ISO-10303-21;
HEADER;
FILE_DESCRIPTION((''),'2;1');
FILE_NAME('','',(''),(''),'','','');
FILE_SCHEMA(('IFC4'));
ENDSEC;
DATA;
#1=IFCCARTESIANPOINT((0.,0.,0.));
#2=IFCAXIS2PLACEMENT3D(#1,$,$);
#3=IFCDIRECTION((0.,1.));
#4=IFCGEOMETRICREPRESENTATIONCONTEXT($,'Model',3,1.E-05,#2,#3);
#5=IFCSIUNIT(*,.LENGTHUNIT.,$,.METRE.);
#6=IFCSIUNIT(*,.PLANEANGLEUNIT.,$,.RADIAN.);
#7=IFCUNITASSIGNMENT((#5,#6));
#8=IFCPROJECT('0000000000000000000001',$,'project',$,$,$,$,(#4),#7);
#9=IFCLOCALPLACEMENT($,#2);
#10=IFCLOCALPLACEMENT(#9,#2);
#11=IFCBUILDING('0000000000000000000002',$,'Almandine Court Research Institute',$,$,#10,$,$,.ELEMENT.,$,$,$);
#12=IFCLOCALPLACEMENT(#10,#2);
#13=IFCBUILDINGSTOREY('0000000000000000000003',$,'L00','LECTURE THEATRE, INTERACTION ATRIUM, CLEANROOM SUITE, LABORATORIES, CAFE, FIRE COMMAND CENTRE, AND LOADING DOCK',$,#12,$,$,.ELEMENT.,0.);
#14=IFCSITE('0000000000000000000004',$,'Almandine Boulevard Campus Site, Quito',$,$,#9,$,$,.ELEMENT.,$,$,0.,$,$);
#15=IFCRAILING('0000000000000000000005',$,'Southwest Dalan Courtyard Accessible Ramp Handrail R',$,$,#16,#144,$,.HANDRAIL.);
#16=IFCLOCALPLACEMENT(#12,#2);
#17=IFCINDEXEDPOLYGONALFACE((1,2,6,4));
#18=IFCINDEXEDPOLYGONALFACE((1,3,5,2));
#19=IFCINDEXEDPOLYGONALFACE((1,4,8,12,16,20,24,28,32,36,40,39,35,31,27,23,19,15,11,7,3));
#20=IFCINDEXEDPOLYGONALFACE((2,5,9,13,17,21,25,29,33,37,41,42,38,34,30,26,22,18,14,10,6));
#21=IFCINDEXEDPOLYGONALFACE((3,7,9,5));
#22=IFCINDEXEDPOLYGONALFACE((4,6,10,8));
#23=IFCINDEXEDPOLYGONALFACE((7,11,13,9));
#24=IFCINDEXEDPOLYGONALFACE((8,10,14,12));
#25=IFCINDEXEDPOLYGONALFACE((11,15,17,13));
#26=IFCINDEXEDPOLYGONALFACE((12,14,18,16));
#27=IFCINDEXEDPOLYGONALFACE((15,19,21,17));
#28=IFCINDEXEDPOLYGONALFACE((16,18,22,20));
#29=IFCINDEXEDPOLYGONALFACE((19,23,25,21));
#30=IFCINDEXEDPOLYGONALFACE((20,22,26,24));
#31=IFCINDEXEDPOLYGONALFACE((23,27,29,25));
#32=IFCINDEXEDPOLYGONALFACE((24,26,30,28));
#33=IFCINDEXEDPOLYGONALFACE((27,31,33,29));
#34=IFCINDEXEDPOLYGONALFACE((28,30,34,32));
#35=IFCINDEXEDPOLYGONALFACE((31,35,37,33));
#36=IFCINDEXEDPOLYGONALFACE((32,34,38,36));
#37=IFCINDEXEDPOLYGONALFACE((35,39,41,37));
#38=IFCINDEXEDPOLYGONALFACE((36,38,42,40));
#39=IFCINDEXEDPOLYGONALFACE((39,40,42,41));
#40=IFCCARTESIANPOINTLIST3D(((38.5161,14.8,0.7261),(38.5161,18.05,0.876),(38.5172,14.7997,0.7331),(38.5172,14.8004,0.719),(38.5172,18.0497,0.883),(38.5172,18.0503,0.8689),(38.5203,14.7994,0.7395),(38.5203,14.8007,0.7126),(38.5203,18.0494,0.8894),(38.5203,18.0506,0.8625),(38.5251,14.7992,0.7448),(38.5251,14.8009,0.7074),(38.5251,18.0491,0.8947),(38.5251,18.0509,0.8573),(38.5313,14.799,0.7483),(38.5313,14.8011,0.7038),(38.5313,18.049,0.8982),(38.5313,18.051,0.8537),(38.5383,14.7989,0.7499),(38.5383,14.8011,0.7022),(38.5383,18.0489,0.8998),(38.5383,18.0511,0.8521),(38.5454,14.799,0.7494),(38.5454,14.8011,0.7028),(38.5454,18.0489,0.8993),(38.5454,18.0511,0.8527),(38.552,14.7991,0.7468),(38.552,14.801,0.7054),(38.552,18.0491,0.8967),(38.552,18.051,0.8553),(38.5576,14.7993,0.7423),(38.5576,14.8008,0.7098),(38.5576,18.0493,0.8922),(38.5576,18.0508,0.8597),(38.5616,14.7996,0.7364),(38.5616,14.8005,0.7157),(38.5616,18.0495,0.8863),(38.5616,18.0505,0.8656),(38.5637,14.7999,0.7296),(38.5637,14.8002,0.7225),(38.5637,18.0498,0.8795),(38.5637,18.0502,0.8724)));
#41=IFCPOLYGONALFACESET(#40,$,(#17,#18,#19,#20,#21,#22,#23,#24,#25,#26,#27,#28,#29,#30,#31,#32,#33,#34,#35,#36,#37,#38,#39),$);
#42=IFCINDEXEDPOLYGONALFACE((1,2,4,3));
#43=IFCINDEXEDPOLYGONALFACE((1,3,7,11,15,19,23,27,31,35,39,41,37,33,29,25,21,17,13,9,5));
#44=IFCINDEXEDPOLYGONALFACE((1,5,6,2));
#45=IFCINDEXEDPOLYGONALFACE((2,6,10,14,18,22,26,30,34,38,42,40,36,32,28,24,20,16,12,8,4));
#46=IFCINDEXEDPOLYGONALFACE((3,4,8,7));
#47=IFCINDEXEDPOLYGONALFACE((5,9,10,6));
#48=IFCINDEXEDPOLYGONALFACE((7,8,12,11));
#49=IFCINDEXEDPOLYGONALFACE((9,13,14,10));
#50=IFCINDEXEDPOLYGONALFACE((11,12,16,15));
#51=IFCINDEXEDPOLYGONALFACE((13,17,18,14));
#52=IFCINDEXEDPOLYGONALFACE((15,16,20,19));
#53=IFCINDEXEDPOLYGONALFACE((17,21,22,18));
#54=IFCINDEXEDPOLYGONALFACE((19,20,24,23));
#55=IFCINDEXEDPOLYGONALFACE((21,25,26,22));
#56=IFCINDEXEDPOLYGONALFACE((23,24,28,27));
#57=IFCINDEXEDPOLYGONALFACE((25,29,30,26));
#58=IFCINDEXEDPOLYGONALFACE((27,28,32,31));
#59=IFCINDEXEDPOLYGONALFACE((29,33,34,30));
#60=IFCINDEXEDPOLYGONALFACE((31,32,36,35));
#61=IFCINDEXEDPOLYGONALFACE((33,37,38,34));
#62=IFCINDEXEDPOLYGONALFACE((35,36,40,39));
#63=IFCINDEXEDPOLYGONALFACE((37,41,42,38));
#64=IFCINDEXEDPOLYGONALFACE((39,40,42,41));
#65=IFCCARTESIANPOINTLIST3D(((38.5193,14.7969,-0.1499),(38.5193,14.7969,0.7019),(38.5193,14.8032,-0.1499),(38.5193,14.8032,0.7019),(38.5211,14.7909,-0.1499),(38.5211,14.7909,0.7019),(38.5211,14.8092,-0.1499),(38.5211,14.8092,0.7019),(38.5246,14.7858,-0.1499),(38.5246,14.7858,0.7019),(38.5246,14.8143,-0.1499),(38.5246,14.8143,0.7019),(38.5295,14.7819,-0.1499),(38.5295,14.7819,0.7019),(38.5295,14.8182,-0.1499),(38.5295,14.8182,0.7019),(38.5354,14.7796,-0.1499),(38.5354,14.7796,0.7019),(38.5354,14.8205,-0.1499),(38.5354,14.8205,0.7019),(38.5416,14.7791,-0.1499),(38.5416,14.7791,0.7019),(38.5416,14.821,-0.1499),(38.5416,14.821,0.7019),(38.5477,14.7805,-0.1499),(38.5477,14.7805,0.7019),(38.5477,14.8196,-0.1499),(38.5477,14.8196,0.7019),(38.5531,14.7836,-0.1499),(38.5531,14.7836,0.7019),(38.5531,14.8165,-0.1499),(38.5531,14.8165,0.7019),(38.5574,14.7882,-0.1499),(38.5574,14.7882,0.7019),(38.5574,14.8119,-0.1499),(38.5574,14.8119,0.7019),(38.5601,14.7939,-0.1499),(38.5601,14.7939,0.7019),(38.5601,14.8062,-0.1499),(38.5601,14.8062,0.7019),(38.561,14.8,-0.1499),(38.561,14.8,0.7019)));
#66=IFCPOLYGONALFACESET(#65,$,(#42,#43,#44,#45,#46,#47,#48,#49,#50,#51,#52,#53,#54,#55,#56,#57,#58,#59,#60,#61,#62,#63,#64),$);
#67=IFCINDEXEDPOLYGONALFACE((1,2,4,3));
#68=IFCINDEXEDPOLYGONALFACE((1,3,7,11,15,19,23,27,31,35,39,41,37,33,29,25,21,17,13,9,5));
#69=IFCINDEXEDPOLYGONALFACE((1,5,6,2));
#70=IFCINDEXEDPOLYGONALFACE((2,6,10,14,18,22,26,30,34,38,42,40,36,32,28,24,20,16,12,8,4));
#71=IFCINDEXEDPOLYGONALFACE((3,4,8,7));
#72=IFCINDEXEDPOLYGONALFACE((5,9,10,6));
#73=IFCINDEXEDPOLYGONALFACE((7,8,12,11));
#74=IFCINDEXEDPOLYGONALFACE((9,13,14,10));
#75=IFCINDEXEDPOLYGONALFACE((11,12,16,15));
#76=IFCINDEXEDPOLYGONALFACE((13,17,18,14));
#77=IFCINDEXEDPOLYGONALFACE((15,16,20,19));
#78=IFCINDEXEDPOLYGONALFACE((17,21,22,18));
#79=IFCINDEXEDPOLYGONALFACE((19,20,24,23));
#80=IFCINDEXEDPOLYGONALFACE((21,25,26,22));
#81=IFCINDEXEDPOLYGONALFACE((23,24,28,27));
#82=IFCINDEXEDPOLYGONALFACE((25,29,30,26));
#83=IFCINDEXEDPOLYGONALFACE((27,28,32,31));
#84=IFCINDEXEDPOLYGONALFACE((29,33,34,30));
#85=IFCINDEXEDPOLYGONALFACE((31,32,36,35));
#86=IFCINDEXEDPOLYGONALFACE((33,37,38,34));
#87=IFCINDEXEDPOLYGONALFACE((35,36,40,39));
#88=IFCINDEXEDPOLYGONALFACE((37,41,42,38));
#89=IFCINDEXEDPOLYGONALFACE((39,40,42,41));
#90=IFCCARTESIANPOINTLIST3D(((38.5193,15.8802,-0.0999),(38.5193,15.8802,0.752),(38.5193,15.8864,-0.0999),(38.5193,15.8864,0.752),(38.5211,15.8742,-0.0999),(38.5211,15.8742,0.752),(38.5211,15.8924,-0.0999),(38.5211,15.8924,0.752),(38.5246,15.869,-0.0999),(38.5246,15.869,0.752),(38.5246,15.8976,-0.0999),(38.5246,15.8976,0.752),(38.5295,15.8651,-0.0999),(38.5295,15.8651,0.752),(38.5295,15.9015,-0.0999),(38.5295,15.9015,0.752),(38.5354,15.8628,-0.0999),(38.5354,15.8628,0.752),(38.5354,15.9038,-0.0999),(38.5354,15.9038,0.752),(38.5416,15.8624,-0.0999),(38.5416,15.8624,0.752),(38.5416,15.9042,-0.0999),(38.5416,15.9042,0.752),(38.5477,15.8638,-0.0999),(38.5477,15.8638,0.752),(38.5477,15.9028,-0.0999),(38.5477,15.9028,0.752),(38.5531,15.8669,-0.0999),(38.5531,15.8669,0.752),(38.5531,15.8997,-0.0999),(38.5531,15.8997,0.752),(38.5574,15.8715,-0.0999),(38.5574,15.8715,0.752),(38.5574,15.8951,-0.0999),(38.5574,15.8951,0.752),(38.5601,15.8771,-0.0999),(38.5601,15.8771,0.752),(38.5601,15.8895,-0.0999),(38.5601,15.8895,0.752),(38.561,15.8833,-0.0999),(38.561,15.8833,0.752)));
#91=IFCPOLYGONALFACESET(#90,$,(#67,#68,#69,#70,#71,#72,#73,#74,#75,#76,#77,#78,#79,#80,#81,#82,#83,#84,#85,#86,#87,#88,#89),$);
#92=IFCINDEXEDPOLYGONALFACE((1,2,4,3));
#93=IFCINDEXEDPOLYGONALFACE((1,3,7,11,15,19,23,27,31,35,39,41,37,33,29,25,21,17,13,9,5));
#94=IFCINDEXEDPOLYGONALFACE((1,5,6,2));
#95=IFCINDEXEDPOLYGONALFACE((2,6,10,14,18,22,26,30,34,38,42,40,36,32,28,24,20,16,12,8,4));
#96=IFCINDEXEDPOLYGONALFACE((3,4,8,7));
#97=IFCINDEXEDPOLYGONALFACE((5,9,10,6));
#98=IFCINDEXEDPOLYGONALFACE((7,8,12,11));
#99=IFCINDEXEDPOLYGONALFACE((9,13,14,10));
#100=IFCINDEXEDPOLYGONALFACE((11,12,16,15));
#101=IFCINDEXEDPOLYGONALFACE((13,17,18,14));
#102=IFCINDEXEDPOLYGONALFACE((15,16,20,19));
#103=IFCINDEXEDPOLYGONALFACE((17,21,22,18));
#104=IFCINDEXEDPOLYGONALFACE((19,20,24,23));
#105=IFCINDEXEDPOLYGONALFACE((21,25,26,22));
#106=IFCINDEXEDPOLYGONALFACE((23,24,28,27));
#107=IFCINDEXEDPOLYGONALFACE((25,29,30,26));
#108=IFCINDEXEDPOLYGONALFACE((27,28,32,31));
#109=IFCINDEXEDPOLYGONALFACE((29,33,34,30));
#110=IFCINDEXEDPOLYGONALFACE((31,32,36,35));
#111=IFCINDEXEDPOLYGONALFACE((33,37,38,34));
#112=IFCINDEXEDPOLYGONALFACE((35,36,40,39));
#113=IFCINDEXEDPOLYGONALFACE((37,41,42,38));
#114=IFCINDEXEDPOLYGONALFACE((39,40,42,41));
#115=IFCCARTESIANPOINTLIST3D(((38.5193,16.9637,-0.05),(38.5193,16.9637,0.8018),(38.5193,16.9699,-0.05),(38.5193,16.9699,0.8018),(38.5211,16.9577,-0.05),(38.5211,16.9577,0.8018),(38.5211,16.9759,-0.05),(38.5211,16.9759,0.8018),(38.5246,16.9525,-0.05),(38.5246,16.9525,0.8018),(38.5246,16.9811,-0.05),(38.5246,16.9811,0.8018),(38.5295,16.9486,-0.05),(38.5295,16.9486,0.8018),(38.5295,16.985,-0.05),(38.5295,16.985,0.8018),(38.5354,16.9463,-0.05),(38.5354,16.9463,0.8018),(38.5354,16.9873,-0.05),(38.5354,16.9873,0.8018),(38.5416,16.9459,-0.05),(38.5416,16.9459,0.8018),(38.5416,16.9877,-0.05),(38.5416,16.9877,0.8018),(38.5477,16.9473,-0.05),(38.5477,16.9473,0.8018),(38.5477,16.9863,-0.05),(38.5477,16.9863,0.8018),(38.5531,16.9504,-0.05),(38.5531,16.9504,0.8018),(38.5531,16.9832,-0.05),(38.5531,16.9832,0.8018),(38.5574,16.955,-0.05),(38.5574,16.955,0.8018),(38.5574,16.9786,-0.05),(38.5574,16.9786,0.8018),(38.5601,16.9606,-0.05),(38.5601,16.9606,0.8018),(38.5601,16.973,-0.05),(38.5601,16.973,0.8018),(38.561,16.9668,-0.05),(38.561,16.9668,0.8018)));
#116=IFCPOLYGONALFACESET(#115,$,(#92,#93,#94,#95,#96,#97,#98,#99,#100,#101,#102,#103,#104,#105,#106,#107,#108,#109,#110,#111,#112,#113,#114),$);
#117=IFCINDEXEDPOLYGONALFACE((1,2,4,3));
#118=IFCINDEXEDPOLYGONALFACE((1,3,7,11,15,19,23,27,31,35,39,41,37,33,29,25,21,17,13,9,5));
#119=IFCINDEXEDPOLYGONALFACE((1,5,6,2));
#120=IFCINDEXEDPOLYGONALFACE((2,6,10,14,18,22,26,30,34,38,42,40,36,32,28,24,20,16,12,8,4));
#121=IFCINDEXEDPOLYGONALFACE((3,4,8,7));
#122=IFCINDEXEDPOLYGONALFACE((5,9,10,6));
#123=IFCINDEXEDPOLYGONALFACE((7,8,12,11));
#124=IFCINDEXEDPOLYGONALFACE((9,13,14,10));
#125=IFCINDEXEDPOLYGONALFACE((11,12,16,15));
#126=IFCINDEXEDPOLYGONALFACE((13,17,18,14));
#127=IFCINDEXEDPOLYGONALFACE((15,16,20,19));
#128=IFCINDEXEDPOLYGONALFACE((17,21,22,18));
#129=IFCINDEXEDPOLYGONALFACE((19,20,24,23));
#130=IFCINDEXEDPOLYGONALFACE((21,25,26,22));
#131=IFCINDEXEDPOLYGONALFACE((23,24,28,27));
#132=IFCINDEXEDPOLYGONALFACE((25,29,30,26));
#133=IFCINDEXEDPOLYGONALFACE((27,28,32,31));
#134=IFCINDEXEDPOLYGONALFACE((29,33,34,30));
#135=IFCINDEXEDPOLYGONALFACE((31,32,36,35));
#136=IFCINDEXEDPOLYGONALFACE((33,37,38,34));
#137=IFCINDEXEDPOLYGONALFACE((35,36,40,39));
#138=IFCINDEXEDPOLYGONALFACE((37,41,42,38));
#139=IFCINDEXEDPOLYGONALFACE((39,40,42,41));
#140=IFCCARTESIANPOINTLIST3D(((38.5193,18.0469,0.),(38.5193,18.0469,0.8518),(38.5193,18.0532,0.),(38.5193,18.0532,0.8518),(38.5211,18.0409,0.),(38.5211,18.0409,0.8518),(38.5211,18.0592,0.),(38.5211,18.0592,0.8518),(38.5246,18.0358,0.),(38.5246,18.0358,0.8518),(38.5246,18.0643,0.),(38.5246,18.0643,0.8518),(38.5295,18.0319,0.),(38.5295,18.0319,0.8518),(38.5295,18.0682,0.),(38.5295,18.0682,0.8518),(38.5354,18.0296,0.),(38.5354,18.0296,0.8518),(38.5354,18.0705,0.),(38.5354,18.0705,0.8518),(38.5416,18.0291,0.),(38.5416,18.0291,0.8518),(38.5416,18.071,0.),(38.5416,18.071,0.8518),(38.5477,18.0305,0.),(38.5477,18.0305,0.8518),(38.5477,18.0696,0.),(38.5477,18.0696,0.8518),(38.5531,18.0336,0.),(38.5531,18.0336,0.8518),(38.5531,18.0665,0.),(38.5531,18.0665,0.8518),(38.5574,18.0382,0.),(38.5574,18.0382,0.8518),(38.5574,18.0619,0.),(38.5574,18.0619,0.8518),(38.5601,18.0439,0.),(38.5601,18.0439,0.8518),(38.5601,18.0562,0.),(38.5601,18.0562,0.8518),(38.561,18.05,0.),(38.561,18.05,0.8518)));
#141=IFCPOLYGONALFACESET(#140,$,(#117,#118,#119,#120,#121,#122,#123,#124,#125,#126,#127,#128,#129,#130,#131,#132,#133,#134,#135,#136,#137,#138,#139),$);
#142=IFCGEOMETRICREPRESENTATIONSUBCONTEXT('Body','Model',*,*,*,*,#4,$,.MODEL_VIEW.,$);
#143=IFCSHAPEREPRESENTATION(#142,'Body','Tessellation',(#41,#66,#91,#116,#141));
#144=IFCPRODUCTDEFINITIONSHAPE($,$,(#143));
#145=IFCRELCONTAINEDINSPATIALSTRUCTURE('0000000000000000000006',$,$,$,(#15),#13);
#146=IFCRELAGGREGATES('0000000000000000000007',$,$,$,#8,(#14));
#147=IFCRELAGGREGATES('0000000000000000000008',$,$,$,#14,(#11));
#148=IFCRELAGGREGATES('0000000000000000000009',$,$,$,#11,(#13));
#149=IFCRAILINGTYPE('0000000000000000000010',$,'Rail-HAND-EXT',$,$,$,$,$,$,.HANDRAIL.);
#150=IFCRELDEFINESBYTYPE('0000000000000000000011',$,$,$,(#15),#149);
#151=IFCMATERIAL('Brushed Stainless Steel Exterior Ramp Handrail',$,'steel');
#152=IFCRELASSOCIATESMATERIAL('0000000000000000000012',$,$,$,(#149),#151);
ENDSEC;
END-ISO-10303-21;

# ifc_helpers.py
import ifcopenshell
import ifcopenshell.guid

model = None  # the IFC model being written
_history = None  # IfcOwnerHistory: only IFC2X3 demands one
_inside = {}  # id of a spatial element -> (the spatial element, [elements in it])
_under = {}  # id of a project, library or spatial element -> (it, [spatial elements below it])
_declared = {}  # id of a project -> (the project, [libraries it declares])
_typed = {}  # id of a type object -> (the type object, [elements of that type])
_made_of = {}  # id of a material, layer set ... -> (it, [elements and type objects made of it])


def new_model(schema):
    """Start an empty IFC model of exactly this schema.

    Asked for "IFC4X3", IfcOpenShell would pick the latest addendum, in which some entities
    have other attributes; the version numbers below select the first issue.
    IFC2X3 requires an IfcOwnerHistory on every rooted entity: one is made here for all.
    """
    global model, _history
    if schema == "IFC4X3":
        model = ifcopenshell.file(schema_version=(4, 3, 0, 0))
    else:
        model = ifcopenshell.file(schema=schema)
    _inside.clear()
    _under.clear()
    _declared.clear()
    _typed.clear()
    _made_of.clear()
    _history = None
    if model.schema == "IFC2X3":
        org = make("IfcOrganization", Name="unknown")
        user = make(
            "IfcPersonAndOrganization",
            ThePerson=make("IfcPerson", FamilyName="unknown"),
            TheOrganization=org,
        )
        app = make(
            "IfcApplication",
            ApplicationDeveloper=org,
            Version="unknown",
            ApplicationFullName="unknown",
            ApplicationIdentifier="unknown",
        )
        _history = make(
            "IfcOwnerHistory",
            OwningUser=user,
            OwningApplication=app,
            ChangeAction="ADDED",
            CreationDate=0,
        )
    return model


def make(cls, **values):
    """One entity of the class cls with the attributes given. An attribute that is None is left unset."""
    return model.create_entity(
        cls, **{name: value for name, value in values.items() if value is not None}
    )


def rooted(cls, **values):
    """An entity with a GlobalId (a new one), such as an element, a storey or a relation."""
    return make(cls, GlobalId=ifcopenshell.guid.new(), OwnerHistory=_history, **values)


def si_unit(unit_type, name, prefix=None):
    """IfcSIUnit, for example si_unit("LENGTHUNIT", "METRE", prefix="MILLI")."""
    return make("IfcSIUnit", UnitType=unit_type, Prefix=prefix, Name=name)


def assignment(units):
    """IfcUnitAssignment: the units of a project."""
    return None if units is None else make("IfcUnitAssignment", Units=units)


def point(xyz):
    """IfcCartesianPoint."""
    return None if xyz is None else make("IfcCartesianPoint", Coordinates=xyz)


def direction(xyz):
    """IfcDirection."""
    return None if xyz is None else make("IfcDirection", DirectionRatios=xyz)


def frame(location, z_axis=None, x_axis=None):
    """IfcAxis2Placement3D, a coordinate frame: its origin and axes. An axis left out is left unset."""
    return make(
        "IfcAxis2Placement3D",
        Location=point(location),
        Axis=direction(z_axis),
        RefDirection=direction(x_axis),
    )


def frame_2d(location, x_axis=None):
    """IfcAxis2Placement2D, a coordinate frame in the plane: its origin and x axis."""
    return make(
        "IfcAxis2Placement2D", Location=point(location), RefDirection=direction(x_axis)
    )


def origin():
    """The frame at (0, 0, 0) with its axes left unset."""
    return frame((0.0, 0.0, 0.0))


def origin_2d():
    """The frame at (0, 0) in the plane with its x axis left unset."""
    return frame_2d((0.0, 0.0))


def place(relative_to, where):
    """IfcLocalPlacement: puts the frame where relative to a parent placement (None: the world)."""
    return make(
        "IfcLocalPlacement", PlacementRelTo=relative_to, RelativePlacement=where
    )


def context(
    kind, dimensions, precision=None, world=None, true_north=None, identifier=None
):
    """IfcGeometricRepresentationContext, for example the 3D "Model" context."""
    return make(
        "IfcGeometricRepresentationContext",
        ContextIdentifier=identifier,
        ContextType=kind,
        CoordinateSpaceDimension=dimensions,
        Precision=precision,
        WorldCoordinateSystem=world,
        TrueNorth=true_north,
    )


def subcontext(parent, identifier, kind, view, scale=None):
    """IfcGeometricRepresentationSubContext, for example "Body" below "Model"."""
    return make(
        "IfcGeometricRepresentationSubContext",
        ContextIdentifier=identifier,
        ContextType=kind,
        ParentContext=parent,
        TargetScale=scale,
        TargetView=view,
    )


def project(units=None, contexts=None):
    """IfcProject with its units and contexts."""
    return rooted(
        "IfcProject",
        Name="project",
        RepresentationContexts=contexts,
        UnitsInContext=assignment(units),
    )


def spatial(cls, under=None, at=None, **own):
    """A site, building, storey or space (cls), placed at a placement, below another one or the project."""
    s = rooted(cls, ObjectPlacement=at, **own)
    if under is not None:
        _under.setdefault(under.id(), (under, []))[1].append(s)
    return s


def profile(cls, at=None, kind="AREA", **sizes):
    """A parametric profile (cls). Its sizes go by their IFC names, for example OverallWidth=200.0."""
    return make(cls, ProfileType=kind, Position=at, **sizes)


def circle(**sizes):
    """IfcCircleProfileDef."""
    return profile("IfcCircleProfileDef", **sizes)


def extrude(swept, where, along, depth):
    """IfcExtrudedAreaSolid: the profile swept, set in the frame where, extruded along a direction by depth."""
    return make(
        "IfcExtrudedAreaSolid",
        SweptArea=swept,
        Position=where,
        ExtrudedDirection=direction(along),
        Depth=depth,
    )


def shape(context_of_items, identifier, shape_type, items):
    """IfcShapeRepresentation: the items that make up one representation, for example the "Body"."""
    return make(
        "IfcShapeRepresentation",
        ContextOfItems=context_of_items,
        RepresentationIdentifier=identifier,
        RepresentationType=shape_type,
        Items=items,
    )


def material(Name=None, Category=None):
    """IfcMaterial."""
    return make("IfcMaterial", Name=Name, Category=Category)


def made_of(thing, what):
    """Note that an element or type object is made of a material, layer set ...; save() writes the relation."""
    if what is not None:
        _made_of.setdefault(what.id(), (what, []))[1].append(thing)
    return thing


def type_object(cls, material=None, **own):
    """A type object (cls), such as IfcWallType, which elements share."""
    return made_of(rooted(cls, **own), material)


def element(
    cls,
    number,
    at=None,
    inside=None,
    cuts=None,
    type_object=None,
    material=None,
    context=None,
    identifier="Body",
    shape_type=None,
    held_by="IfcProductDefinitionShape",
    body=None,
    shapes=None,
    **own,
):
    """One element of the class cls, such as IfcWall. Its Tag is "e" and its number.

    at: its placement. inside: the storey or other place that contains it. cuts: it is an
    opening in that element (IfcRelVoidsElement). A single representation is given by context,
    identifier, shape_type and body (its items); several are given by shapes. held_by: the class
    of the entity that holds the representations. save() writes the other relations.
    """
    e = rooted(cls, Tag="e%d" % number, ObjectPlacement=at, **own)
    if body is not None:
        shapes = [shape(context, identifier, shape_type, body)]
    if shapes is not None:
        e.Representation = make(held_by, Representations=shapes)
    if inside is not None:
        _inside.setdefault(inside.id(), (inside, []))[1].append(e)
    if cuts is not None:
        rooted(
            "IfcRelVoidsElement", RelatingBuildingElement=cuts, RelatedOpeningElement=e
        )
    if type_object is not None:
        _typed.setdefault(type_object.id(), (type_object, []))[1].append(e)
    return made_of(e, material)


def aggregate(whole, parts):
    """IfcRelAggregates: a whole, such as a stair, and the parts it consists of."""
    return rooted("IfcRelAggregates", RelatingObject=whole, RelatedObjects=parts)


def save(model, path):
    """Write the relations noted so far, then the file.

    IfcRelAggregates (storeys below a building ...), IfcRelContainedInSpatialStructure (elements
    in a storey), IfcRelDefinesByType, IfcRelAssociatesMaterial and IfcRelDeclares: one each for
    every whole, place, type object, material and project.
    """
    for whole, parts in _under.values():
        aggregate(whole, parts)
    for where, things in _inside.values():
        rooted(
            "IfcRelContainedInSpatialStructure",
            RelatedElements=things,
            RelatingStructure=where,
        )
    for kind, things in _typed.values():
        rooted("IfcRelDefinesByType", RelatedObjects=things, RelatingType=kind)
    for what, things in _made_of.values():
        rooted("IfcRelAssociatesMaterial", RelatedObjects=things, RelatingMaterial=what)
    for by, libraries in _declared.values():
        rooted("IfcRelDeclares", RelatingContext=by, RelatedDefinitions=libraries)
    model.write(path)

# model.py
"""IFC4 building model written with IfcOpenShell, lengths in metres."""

from ifc_helpers import new_model, si_unit, direction, frame, origin, origin_2d, place, context, subcontext, project, spatial, circle, extrude, material, type_object, element, save


model = new_model("IFC4")

# Units and contexts
model_context = context("Model", 3, precision=1e-05, world=origin(), true_north=direction((0.0, 1.0)))
body_context = subcontext(model_context, "Body", "Model", "MODEL_VIEW")
ifc_project = project(units=[si_unit("LENGTHUNIT", "METRE"), si_unit("PLANEANGLEUNIT", "RADIAN")], contexts=[model_context])

# Site, building, storey
site_placement = place(None, origin())
site = spatial("IfcSite", under=ifc_project, at=site_placement, Name="Almandine Boulevard Campus Site, Quito", CompositionType="ELEMENT", RefElevation=0.0)
building_placement = place(site_placement, origin())
building = spatial("IfcBuilding", under=site, at=building_placement, Name="Almandine Court Research Institute", CompositionType="ELEMENT")
storey_placement = place(building_placement, origin())
storey = spatial("IfcBuildingStorey", under=building, at=storey_placement, Name="L00", Description="LECTURE THEATRE, INTERACTION ATRIUM, CLEANROOM SUITE, LABORATORIES, CAFE, FIRE COMMAND CENTRE, AND LOADING DOCK", CompositionType="ELEMENT", Elevation=0.0)

# Railing
ifc_material_1 = material(Name="Brushed Stainless Steel Exterior Ramp Handrail", Category="steel")
railing_type = type_object("IfcRailingType", Name="Rail-HAND-EXT", PredefinedType="HANDRAIL", material=ifc_material_1)
for number, where, name in (
    (1, (38.54, 14.8, -0.1499), "Southwest Dalan Courtyard Accessible Ramp Handrail R"),
):
    element("IfcRailing", number, at=place(storey_placement, frame(where)), inside=storey, type_object=railing_type, Name=name, PredefinedType="HANDRAIL", context=body_context, shape_type="SweptSolid", body=[
        extrude(circle(Radius=0.0239, at=origin_2d()), frame((0.0, 0.0, 0.876), z_axis=(0.0, 0.998938, 0.046075), x_axis=(-1.0, 0.0, 0.0)), (0.0, 0.0, 1.0), 3.2534),
        extrude(circle(Radius=0.021, at=origin_2d()), origin(), (0.0, 0.0, 1.0), 0.8518),
        extrude(circle(Radius=0.021, at=origin_2d()), frame((0.0, 1.0833, 0.05)), (0.0, 0.0, 1.0), 0.8518),
        extrude(circle(Radius=0.021, at=origin_2d()), frame((0.0, 2.1667, 0.0999)), (0.0, 0.0, 1.0), 0.8518),
        extrude(circle(Radius=0.021, at=origin_2d()), frame((0.0, 3.25, 0.1499)), (0.0, 0.0, 1.0), 0.8518),
    ])

save(model, "model.ifc")
